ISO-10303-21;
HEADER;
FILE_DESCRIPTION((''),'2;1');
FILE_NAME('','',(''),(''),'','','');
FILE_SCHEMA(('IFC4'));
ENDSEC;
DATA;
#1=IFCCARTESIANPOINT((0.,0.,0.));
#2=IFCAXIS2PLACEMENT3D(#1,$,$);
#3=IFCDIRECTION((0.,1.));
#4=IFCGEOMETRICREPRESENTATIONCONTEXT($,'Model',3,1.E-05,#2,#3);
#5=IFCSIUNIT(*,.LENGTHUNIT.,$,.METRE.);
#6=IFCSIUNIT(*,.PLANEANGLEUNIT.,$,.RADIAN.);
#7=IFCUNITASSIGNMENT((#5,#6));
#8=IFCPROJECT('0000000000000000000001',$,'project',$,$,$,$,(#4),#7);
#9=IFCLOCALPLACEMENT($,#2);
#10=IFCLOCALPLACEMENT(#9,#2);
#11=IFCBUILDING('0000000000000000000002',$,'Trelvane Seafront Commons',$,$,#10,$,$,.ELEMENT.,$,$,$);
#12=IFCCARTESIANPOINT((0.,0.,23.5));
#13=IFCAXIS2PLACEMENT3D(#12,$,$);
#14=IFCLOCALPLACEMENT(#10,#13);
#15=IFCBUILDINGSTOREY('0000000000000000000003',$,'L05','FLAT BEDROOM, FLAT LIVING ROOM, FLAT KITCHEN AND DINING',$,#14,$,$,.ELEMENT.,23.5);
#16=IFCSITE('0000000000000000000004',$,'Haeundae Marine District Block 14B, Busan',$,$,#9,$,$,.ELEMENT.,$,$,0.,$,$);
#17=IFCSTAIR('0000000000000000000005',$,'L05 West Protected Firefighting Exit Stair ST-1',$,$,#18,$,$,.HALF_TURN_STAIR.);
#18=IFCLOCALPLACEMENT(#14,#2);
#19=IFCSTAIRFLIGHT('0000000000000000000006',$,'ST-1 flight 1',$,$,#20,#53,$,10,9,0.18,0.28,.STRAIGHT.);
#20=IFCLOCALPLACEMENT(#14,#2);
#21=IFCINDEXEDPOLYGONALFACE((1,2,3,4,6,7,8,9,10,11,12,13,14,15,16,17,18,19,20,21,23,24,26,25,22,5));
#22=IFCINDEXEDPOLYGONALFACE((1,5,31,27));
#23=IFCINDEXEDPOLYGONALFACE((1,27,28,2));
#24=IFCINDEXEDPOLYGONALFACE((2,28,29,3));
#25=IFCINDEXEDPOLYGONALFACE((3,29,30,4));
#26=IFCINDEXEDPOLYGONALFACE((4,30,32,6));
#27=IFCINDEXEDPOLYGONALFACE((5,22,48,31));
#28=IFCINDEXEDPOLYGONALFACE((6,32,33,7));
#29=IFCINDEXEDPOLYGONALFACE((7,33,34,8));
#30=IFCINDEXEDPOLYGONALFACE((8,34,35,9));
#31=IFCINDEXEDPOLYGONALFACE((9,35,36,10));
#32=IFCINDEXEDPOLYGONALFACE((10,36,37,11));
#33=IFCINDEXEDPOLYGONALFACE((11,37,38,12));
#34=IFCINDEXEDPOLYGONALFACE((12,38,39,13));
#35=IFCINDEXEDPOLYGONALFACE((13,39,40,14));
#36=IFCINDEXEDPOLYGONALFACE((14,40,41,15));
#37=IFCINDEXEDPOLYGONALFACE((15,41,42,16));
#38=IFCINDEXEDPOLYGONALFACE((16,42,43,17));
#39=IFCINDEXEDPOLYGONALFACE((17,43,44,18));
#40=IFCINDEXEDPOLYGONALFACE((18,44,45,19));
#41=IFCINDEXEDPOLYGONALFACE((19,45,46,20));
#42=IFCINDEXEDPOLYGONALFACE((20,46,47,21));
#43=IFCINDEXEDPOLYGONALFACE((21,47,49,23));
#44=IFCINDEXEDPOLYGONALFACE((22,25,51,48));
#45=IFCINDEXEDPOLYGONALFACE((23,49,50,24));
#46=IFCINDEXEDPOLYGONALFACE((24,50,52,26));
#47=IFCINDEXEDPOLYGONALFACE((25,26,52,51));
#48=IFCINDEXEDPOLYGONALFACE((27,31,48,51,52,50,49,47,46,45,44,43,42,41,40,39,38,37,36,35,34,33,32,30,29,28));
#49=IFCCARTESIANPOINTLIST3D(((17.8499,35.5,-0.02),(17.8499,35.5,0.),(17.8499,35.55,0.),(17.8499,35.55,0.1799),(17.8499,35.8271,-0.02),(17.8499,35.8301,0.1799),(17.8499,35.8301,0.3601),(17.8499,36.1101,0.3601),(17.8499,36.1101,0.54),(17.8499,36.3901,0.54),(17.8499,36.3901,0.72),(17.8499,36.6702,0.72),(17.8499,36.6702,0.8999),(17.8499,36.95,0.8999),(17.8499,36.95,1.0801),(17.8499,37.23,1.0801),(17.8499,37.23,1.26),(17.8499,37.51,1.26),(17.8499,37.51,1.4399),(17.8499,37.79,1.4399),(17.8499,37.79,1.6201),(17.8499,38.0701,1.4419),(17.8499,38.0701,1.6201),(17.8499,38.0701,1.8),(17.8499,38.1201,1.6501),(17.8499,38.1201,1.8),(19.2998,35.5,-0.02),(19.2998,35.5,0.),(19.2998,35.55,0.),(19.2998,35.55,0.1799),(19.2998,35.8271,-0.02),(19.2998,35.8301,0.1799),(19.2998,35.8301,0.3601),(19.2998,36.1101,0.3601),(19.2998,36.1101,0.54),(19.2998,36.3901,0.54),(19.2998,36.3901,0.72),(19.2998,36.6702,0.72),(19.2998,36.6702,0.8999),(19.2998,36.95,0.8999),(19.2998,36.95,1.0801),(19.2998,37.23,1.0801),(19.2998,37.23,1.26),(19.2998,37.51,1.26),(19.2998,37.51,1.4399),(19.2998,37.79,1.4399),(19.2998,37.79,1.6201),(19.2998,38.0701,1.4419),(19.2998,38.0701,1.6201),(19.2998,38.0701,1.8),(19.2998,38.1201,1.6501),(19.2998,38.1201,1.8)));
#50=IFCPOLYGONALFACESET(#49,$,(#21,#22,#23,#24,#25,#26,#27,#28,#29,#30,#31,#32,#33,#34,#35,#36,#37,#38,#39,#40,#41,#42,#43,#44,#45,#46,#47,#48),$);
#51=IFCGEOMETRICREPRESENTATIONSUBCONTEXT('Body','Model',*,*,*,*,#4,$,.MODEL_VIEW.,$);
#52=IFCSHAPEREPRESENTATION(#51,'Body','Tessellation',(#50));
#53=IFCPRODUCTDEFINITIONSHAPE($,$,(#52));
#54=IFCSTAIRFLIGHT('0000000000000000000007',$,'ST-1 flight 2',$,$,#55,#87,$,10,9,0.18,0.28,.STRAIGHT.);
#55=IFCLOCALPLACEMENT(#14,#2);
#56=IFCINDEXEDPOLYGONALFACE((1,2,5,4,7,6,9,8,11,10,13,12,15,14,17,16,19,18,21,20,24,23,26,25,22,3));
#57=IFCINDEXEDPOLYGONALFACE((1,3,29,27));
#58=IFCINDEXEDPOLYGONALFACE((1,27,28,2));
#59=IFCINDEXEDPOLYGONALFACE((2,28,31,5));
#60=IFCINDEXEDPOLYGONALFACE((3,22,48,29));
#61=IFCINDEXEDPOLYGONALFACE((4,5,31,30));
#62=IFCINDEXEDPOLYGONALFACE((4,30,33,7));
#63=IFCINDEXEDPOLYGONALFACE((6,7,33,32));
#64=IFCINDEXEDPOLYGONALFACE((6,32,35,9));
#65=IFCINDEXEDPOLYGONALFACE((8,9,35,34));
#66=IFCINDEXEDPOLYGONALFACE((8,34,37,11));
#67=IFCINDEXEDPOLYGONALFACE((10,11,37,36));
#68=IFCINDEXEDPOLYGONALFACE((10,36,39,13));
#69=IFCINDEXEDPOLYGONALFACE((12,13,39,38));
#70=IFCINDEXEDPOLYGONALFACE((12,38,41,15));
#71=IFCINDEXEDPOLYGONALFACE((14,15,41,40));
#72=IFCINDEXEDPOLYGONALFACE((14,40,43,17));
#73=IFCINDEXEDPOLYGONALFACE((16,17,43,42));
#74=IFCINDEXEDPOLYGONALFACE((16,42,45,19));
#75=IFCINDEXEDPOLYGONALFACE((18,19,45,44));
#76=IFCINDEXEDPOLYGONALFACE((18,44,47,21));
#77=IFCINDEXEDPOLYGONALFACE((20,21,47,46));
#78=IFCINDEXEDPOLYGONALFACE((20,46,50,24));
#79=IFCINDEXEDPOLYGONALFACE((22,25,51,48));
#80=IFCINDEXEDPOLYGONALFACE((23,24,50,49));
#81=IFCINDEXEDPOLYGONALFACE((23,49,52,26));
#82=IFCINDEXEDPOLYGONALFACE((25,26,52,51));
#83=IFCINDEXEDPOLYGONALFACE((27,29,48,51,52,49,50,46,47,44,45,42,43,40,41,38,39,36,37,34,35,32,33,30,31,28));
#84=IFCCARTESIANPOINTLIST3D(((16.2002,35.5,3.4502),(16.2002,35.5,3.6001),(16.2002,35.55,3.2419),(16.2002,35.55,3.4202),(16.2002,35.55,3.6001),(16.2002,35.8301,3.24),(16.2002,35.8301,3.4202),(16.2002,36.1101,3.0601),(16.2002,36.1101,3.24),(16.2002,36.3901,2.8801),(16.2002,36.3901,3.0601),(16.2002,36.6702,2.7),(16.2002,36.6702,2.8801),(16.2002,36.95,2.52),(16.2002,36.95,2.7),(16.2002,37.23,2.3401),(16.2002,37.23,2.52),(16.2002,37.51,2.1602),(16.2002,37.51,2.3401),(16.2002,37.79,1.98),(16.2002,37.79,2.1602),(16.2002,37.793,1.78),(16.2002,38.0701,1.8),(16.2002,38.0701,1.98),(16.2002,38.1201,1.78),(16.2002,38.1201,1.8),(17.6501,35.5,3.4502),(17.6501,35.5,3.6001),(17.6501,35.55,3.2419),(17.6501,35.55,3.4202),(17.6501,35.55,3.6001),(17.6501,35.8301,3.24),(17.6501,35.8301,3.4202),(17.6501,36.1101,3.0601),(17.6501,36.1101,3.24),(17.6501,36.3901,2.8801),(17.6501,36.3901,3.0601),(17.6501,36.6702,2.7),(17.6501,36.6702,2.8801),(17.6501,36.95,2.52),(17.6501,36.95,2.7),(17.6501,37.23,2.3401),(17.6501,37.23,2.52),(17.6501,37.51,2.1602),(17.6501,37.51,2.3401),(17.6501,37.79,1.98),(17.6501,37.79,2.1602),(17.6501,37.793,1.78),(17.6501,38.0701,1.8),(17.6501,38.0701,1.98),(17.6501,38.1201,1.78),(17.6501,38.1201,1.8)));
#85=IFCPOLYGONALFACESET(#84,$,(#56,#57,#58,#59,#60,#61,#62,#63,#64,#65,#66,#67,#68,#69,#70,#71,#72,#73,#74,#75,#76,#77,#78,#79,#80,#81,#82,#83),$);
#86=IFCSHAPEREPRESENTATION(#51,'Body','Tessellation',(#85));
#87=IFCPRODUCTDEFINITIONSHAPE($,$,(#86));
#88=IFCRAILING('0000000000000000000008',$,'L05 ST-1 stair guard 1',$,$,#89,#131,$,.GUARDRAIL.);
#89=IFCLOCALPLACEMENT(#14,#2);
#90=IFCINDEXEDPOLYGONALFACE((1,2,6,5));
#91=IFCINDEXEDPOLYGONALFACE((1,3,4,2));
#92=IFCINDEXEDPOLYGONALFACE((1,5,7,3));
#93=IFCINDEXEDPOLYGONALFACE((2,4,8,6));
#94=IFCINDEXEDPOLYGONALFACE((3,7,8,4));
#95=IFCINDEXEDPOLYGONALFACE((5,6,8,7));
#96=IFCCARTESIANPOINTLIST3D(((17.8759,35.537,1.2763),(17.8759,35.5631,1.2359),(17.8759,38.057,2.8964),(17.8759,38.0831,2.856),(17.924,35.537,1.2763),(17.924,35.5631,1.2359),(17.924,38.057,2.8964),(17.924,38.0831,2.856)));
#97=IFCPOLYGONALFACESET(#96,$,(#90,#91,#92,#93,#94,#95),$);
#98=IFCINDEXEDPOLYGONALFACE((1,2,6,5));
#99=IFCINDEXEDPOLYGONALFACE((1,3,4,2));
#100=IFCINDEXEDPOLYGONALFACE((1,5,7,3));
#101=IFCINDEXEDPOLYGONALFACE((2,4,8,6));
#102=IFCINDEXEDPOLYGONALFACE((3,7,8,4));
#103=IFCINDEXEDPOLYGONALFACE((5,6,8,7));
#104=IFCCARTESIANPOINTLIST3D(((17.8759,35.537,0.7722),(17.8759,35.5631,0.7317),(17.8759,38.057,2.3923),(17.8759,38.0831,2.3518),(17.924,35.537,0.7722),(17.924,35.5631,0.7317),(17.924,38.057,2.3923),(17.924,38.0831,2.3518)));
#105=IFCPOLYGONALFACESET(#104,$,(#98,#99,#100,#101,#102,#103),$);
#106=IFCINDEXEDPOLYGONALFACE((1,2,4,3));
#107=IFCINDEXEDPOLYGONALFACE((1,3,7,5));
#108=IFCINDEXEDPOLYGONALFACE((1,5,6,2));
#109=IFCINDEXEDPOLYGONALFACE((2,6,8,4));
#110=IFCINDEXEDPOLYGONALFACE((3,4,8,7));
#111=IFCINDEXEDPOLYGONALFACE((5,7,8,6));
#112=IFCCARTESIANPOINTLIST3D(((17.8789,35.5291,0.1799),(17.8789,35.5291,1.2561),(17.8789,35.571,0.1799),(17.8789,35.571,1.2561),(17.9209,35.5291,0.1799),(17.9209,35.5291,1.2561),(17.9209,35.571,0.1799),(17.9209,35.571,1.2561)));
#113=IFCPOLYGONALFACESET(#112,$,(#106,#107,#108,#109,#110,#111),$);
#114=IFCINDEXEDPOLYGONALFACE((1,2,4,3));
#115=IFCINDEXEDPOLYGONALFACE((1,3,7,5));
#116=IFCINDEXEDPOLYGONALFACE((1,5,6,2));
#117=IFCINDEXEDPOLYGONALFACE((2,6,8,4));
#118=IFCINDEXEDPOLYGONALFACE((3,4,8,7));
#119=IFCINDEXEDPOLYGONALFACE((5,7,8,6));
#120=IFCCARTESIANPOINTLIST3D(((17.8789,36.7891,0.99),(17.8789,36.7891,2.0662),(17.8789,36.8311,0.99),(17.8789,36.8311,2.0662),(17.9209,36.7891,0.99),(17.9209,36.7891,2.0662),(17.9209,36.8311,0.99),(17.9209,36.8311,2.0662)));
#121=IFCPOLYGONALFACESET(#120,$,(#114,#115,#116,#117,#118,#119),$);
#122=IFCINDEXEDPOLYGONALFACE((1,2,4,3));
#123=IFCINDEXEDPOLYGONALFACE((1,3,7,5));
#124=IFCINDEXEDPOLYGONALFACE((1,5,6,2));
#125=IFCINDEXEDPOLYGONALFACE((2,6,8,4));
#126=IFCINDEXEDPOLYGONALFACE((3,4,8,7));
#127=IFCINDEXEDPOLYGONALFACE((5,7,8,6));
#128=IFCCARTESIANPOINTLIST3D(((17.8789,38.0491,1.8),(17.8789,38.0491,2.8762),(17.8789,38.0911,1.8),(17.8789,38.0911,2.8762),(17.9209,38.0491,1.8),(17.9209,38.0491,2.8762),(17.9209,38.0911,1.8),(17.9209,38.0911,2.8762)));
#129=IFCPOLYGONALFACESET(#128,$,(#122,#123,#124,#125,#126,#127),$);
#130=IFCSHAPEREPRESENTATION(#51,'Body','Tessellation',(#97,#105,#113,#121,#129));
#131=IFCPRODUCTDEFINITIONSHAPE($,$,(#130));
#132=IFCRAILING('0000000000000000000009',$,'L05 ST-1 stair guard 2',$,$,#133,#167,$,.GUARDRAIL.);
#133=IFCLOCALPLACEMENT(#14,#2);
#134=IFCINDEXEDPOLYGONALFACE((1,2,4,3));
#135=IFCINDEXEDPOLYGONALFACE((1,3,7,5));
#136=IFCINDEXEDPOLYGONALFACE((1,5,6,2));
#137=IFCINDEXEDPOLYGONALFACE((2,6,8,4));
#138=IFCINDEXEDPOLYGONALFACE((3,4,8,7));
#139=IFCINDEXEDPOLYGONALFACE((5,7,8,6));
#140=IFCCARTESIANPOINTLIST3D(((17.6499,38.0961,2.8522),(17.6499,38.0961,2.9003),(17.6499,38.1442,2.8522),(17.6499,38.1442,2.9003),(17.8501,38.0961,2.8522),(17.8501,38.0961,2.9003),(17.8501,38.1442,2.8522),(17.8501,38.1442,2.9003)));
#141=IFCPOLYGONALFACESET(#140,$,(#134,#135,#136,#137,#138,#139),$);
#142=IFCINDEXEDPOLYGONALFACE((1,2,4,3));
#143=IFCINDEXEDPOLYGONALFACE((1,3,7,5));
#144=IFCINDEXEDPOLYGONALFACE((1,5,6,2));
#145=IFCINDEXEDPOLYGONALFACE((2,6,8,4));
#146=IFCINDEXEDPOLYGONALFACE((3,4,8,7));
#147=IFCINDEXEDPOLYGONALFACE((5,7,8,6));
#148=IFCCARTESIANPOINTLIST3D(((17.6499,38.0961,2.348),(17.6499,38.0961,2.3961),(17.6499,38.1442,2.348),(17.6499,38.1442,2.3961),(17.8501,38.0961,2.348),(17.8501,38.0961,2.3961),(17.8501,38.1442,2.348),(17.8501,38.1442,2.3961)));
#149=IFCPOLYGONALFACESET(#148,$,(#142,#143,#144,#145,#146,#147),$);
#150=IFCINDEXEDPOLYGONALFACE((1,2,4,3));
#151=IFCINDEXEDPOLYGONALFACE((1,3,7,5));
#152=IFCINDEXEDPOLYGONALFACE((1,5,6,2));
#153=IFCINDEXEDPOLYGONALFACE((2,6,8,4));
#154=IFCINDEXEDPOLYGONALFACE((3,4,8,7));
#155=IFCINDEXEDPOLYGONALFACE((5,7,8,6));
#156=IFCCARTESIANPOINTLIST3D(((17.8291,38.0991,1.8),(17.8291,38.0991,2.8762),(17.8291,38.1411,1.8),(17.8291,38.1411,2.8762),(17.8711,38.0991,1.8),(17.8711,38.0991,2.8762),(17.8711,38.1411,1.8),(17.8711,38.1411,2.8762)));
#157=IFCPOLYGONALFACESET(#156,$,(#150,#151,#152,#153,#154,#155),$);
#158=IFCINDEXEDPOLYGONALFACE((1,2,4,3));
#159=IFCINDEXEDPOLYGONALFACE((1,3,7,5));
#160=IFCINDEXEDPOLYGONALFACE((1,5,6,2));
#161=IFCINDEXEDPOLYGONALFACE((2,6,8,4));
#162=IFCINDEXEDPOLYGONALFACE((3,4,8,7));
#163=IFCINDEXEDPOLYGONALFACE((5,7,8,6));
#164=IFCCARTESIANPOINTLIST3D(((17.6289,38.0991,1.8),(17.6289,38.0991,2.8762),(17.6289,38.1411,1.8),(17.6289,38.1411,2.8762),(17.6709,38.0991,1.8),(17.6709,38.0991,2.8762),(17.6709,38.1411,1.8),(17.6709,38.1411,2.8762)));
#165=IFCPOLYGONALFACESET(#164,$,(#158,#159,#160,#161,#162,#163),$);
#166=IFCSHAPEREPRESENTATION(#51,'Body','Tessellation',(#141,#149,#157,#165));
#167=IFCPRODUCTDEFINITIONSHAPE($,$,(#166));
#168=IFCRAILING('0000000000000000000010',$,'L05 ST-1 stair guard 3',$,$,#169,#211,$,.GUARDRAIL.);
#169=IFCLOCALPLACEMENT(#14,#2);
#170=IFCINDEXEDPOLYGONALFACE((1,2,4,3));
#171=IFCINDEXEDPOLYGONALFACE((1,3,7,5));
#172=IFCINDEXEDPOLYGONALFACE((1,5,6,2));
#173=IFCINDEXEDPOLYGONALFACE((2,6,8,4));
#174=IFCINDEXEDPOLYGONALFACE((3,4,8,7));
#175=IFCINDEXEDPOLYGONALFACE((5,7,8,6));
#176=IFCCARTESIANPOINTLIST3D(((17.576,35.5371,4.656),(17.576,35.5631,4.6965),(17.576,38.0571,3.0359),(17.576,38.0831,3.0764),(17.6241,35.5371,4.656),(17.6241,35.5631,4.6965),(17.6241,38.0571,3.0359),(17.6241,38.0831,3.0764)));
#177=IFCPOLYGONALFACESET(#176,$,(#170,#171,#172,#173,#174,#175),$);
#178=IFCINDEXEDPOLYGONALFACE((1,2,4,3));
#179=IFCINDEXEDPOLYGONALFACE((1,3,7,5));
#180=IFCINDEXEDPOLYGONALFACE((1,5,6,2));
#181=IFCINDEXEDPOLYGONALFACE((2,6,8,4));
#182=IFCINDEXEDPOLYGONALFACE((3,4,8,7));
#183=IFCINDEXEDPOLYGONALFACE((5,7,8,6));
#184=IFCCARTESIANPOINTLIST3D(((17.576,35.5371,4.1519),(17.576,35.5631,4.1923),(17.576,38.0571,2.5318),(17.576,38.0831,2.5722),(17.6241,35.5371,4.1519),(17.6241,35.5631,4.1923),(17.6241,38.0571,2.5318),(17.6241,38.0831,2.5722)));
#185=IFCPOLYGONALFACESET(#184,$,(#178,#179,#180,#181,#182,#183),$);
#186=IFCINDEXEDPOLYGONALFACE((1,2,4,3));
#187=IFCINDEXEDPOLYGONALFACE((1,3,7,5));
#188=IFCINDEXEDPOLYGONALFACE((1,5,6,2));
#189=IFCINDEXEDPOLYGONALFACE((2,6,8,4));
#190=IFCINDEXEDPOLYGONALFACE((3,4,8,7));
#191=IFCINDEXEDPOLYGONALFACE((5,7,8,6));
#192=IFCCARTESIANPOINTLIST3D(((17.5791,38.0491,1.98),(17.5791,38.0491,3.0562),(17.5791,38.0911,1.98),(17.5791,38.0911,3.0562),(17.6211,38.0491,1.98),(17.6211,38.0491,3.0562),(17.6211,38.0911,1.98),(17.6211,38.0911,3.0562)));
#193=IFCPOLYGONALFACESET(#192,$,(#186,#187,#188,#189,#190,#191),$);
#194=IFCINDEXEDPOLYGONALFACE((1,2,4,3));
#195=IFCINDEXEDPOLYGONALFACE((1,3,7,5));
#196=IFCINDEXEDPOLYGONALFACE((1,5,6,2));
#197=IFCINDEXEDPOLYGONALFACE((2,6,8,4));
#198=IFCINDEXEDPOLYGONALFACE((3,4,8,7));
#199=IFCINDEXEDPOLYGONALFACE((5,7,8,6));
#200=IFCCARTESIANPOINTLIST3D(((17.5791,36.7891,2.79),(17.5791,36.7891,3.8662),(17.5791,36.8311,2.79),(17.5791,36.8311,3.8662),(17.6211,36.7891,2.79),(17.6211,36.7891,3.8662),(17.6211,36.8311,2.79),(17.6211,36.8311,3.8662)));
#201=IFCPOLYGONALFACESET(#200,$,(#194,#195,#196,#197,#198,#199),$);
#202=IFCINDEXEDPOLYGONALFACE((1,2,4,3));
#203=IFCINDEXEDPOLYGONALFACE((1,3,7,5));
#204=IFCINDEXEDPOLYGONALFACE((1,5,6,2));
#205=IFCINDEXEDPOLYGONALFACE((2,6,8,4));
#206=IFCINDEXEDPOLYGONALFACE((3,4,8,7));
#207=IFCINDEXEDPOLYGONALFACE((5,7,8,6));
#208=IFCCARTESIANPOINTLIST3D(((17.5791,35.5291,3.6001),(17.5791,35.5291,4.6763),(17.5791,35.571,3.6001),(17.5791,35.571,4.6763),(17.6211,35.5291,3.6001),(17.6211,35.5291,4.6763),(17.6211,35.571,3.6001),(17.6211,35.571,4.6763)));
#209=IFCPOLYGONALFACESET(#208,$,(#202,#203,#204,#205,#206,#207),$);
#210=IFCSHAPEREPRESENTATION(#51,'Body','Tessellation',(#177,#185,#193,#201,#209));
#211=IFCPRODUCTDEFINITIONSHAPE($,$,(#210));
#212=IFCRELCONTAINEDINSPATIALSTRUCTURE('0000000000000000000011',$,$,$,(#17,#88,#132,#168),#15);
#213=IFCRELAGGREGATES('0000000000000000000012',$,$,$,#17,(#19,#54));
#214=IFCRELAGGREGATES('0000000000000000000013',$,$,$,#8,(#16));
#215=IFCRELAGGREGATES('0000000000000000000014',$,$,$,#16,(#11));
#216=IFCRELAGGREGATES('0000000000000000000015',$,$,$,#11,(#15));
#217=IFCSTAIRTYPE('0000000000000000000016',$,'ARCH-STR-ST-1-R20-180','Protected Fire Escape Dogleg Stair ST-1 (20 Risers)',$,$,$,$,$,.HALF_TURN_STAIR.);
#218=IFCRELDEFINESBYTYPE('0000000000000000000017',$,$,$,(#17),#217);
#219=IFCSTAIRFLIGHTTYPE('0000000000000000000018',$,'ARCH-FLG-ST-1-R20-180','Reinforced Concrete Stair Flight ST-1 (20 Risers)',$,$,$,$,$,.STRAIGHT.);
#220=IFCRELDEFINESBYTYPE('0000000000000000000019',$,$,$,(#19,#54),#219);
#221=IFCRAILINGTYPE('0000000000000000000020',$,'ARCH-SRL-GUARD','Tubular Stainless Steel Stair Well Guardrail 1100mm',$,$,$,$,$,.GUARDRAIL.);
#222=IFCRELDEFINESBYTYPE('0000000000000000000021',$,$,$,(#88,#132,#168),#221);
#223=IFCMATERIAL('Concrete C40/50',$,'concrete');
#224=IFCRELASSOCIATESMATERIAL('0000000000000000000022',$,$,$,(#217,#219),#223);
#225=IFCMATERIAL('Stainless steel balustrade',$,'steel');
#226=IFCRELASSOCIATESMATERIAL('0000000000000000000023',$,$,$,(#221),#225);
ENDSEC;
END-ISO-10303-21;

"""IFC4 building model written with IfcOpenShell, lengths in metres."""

from ifc_helpers import new_model, si_unit, direction, frame, origin, origin_2d, place, context, subcontext, project, spatial, polyline, rectangle, outline, extrude, source, transform, mapped, material, type_object, element, aggregate, save


model = new_model("IFC4")

# Units and contexts
model_context = context("Model", 3, precision=1e-05, world=origin(), true_north=direction((0.0, 1.0)))
body_context = subcontext(model_context, "Body", "Model", "MODEL_VIEW")
ifc_project = project(units=[si_unit("LENGTHUNIT", "METRE"), si_unit("PLANEANGLEUNIT", "RADIAN")], contexts=[model_context])

# Site, building, storey
site_placement = place(None, origin())
site = spatial("IfcSite", under=ifc_project, at=site_placement, Name="Haeundae Marine District Block 14B, Busan", CompositionType="ELEMENT", RefElevation=0.0)
building_placement = place(site_placement, origin())
building = spatial("IfcBuilding", under=site, at=building_placement, Name="Trelvane Seafront Commons", CompositionType="ELEMENT")
storey_placement = place(building_placement, frame((0.0, 0.0, 23.5)))
storey = spatial("IfcBuildingStorey", under=building, at=storey_placement, Name="L05", Description="FLAT BEDROOM, FLAT LIVING ROOM, FLAT KITCHEN AND DINING", CompositionType="ELEMENT", Elevation=23.5)

# Shared definitions
ifc_material_1 = material(Name="Concrete C40/50", Category="concrete")

# Stair, stair flights
stair_type = type_object("IfcStairType", Name="ARCH-STR-ST-1-R20-180", Description="Protected Fire Escape Dogleg Stair ST-1 (20 Risers)", PredefinedType="HALF_TURN_STAIR", material=ifc_material_1)
stair_placement = place(storey_placement, origin())
stair = element("IfcStair", 1, at=stair_placement, inside=storey, type_object=stair_type, Name="L05 West Protected Firefighting Exit Stair ST-1", PredefinedType="HALF_TURN_STAIR")
stair_flight_type = type_object("IfcStairFlightType", Name="ARCH-FLG-ST-1-R20-180", Description="Reinforced Concrete Stair Flight ST-1 (20 Risers)", PredefinedType="STRAIGHT", material=ifc_material_1)
shared_shape_1 = source(origin(), body_context, "Body", "SweptSolid", [
    extrude(outline(polyline([(-0.05, -0.02), (-0.05, 0.0), (0.0, 0.0), (0.0, 0.1799), (0.28, 0.1799), (0.28, 0.3601), (0.5601, 0.3601), (0.5601, 0.54), (0.8401, 0.54), (0.8401, 0.72), (1.1201, 0.72), (1.1201, 0.8999), (1.3999, 0.8999), (1.3999, 1.0801), (1.6799, 1.0801), (1.6799, 1.26), (1.96, 1.26), (1.96, 1.4399), (2.24, 1.4399), (2.24, 1.6201), (2.52, 1.6201), (2.52, 1.8), (2.5701, 1.8), (2.5701, 1.6501), (2.52, 1.4419), (0.2771, -0.02), (-0.05, -0.02)])), frame((0.0, 0.7251, 0.0), z_axis=(0.0, -1.0, 0.0), x_axis=(1.0, 0.0, 0.0)), (0.0, 0.0, 1.0), 1.45),
])
stair_flight_1_placement = place(storey_placement, frame((18.575, 35.55, 0.0), z_axis=(0.0, 0.0, 1.0), x_axis=(0.0, 1.0, 0.0)))
stair_flight_1 = element("IfcStairFlight", 2, at=stair_flight_1_placement, type_object=stair_flight_type, Name="ST-1 flight 1", NumberOfRisers=10, NumberOfTreads=9, PredefinedType="STRAIGHT", RiserHeight=0.18, TreadLength=0.28, context=body_context, shape_type="MappedRepresentation", body=[
    mapped(shared_shape_1, transform((0.0, 0.0, 0.0), x_axis=(1.0, 0.0, 0.0), y_axis=(0.0, 1.0, 0.0), z_axis=(0.0, 0.0, 1.0), scale=1.0)),
])
stair_flight_2_placement = place(storey_placement, frame((16.925, 38.0701, 1.8), z_axis=(0.0, 0.0, 1.0), x_axis=(0.0, -1.0, 0.0)))
stair_flight_2 = element("IfcStairFlight", 3, at=stair_flight_2_placement, type_object=stair_flight_type, Name="ST-1 flight 2", NumberOfRisers=10, NumberOfTreads=9, PredefinedType="STRAIGHT", RiserHeight=0.18, TreadLength=0.28, context=body_context, shape_type="MappedRepresentation", body=[
    mapped(shared_shape_1, transform((0.0, 0.0, 0.0), x_axis=(1.0, 0.0, 0.0), y_axis=(0.0, 1.0, 0.0), z_axis=(0.0, 0.0, 1.0), scale=1.0)),
])
aggregate(stair, [stair_flight_1, stair_flight_2])

# Railings
ifc_material_2 = material(Name="Stainless steel balustrade", Category="steel")
railing_type_1 = type_object("IfcRailingType", Name="ARCH-SRL-GUARD", Description="Tubular Stainless Steel Stair Well Guardrail 1100mm", PredefinedType="GUARDRAIL", material=ifc_material_2)
railing_1_placement = place(storey_placement, frame((17.8999, 35.55, 0.1799)))
element("IfcRailing", 4, at=railing_1_placement, inside=storey, type_object=railing_type_1, Name="L05 ST-1 stair guard 1", PredefinedType="GUARDRAIL", context=body_context, shape_type="SweptSolid", body=[
    extrude(rectangle(XDim=0.0481, YDim=0.0481, at=origin_2d()), frame((0.0, 0.0, 1.0762), z_axis=(0.0, 0.841163, 0.540782), x_axis=(-1.0, 0.0, 0.0)), (0.0, 0.0, 1.0), 2.9958),
    extrude(rectangle(XDim=0.0481, YDim=0.0481, at=origin_2d()), frame((0.0, 0.0, 0.572), z_axis=(0.0, 0.841163, 0.540782), x_axis=(-1.0, 0.0, 0.0)), (0.0, 0.0, 1.0), 2.9958),
    extrude(rectangle(XDim=0.042, YDim=0.042, at=origin_2d()), origin(), (0.0, 0.0, 1.0), 1.0762),
    extrude(rectangle(XDim=0.042, YDim=0.042, at=origin_2d()), frame((0.0, 1.26, 0.8101)), (0.0, 0.0, 1.0), 1.0762),
    extrude(rectangle(XDim=0.042, YDim=0.042, at=origin_2d()), frame((0.0, 2.52, 1.6201)), (0.0, 0.0, 1.0), 1.0762),
])
railing_2_placement = place(storey_placement, frame((17.8501, 38.1201, 1.8)))
element("IfcRailing", 5, at=railing_2_placement, inside=storey, type_object=railing_type_1, Name="L05 ST-1 stair guard 2", PredefinedType="GUARDRAIL", context=body_context, shape_type="SweptSolid", body=[
    extrude(rectangle(XDim=0.0481, YDim=0.0481, at=origin_2d()), frame((0.0, 0.0, 1.0762), z_axis=(-1.0, 0.0, 0.0), x_axis=(0.0, -1.0, 0.0)), (0.0, 0.0, 1.0), 0.2002),
    extrude(rectangle(XDim=0.0481, YDim=0.0481, at=origin_2d()), frame((0.0, 0.0, 0.572), z_axis=(-1.0, 0.0, 0.0), x_axis=(0.0, -1.0, 0.0)), (0.0, 0.0, 1.0), 0.2002),
    extrude(rectangle(XDim=0.042, YDim=0.042, at=origin_2d()), origin(), (0.0, 0.0, 1.0), 1.0762),
    extrude(rectangle(XDim=0.042, YDim=0.042, at=origin_2d()), frame((-0.2002, 0.0, 0.0)), (0.0, 0.0, 1.0), 1.0762),
])
railing_3_placement = place(storey_placement, frame((17.6001, 38.0701, 1.98)))
element("IfcRailing", 6, at=railing_3_placement, inside=storey, type_object=railing_type_1, Name="L05 ST-1 stair guard 3", PredefinedType="GUARDRAIL", context=body_context, shape_type="SweptSolid", body=[
    extrude(rectangle(XDim=0.0481, YDim=0.0481, at=origin_2d()), frame((0.0, 0.0, 1.0762), z_axis=(0.0, -0.841163, 0.540782), x_axis=(1.0, 0.0, 0.0)), (0.0, 0.0, 1.0), 2.9958),
    extrude(rectangle(XDim=0.0481, YDim=0.0481, at=origin_2d()), frame((0.0, 0.0, 0.572), z_axis=(0.0, -0.841163, 0.540782), x_axis=(1.0, 0.0, 0.0)), (0.0, 0.0, 1.0), 2.9958),
    extrude(rectangle(XDim=0.042, YDim=0.042, at=origin_2d()), origin(), (0.0, 0.0, 1.0), 1.0762),
    extrude(rectangle(XDim=0.042, YDim=0.042, at=origin_2d()), frame((0.0, -1.26, 0.8101)), (0.0, 0.0, 1.0), 1.0762),
    extrude(rectangle(XDim=0.042, YDim=0.042, at=origin_2d()), frame((0.0, -2.52, 1.6201)), (0.0, 0.0, 1.0), 1.0762),
])

save(model, "model.ifc")
